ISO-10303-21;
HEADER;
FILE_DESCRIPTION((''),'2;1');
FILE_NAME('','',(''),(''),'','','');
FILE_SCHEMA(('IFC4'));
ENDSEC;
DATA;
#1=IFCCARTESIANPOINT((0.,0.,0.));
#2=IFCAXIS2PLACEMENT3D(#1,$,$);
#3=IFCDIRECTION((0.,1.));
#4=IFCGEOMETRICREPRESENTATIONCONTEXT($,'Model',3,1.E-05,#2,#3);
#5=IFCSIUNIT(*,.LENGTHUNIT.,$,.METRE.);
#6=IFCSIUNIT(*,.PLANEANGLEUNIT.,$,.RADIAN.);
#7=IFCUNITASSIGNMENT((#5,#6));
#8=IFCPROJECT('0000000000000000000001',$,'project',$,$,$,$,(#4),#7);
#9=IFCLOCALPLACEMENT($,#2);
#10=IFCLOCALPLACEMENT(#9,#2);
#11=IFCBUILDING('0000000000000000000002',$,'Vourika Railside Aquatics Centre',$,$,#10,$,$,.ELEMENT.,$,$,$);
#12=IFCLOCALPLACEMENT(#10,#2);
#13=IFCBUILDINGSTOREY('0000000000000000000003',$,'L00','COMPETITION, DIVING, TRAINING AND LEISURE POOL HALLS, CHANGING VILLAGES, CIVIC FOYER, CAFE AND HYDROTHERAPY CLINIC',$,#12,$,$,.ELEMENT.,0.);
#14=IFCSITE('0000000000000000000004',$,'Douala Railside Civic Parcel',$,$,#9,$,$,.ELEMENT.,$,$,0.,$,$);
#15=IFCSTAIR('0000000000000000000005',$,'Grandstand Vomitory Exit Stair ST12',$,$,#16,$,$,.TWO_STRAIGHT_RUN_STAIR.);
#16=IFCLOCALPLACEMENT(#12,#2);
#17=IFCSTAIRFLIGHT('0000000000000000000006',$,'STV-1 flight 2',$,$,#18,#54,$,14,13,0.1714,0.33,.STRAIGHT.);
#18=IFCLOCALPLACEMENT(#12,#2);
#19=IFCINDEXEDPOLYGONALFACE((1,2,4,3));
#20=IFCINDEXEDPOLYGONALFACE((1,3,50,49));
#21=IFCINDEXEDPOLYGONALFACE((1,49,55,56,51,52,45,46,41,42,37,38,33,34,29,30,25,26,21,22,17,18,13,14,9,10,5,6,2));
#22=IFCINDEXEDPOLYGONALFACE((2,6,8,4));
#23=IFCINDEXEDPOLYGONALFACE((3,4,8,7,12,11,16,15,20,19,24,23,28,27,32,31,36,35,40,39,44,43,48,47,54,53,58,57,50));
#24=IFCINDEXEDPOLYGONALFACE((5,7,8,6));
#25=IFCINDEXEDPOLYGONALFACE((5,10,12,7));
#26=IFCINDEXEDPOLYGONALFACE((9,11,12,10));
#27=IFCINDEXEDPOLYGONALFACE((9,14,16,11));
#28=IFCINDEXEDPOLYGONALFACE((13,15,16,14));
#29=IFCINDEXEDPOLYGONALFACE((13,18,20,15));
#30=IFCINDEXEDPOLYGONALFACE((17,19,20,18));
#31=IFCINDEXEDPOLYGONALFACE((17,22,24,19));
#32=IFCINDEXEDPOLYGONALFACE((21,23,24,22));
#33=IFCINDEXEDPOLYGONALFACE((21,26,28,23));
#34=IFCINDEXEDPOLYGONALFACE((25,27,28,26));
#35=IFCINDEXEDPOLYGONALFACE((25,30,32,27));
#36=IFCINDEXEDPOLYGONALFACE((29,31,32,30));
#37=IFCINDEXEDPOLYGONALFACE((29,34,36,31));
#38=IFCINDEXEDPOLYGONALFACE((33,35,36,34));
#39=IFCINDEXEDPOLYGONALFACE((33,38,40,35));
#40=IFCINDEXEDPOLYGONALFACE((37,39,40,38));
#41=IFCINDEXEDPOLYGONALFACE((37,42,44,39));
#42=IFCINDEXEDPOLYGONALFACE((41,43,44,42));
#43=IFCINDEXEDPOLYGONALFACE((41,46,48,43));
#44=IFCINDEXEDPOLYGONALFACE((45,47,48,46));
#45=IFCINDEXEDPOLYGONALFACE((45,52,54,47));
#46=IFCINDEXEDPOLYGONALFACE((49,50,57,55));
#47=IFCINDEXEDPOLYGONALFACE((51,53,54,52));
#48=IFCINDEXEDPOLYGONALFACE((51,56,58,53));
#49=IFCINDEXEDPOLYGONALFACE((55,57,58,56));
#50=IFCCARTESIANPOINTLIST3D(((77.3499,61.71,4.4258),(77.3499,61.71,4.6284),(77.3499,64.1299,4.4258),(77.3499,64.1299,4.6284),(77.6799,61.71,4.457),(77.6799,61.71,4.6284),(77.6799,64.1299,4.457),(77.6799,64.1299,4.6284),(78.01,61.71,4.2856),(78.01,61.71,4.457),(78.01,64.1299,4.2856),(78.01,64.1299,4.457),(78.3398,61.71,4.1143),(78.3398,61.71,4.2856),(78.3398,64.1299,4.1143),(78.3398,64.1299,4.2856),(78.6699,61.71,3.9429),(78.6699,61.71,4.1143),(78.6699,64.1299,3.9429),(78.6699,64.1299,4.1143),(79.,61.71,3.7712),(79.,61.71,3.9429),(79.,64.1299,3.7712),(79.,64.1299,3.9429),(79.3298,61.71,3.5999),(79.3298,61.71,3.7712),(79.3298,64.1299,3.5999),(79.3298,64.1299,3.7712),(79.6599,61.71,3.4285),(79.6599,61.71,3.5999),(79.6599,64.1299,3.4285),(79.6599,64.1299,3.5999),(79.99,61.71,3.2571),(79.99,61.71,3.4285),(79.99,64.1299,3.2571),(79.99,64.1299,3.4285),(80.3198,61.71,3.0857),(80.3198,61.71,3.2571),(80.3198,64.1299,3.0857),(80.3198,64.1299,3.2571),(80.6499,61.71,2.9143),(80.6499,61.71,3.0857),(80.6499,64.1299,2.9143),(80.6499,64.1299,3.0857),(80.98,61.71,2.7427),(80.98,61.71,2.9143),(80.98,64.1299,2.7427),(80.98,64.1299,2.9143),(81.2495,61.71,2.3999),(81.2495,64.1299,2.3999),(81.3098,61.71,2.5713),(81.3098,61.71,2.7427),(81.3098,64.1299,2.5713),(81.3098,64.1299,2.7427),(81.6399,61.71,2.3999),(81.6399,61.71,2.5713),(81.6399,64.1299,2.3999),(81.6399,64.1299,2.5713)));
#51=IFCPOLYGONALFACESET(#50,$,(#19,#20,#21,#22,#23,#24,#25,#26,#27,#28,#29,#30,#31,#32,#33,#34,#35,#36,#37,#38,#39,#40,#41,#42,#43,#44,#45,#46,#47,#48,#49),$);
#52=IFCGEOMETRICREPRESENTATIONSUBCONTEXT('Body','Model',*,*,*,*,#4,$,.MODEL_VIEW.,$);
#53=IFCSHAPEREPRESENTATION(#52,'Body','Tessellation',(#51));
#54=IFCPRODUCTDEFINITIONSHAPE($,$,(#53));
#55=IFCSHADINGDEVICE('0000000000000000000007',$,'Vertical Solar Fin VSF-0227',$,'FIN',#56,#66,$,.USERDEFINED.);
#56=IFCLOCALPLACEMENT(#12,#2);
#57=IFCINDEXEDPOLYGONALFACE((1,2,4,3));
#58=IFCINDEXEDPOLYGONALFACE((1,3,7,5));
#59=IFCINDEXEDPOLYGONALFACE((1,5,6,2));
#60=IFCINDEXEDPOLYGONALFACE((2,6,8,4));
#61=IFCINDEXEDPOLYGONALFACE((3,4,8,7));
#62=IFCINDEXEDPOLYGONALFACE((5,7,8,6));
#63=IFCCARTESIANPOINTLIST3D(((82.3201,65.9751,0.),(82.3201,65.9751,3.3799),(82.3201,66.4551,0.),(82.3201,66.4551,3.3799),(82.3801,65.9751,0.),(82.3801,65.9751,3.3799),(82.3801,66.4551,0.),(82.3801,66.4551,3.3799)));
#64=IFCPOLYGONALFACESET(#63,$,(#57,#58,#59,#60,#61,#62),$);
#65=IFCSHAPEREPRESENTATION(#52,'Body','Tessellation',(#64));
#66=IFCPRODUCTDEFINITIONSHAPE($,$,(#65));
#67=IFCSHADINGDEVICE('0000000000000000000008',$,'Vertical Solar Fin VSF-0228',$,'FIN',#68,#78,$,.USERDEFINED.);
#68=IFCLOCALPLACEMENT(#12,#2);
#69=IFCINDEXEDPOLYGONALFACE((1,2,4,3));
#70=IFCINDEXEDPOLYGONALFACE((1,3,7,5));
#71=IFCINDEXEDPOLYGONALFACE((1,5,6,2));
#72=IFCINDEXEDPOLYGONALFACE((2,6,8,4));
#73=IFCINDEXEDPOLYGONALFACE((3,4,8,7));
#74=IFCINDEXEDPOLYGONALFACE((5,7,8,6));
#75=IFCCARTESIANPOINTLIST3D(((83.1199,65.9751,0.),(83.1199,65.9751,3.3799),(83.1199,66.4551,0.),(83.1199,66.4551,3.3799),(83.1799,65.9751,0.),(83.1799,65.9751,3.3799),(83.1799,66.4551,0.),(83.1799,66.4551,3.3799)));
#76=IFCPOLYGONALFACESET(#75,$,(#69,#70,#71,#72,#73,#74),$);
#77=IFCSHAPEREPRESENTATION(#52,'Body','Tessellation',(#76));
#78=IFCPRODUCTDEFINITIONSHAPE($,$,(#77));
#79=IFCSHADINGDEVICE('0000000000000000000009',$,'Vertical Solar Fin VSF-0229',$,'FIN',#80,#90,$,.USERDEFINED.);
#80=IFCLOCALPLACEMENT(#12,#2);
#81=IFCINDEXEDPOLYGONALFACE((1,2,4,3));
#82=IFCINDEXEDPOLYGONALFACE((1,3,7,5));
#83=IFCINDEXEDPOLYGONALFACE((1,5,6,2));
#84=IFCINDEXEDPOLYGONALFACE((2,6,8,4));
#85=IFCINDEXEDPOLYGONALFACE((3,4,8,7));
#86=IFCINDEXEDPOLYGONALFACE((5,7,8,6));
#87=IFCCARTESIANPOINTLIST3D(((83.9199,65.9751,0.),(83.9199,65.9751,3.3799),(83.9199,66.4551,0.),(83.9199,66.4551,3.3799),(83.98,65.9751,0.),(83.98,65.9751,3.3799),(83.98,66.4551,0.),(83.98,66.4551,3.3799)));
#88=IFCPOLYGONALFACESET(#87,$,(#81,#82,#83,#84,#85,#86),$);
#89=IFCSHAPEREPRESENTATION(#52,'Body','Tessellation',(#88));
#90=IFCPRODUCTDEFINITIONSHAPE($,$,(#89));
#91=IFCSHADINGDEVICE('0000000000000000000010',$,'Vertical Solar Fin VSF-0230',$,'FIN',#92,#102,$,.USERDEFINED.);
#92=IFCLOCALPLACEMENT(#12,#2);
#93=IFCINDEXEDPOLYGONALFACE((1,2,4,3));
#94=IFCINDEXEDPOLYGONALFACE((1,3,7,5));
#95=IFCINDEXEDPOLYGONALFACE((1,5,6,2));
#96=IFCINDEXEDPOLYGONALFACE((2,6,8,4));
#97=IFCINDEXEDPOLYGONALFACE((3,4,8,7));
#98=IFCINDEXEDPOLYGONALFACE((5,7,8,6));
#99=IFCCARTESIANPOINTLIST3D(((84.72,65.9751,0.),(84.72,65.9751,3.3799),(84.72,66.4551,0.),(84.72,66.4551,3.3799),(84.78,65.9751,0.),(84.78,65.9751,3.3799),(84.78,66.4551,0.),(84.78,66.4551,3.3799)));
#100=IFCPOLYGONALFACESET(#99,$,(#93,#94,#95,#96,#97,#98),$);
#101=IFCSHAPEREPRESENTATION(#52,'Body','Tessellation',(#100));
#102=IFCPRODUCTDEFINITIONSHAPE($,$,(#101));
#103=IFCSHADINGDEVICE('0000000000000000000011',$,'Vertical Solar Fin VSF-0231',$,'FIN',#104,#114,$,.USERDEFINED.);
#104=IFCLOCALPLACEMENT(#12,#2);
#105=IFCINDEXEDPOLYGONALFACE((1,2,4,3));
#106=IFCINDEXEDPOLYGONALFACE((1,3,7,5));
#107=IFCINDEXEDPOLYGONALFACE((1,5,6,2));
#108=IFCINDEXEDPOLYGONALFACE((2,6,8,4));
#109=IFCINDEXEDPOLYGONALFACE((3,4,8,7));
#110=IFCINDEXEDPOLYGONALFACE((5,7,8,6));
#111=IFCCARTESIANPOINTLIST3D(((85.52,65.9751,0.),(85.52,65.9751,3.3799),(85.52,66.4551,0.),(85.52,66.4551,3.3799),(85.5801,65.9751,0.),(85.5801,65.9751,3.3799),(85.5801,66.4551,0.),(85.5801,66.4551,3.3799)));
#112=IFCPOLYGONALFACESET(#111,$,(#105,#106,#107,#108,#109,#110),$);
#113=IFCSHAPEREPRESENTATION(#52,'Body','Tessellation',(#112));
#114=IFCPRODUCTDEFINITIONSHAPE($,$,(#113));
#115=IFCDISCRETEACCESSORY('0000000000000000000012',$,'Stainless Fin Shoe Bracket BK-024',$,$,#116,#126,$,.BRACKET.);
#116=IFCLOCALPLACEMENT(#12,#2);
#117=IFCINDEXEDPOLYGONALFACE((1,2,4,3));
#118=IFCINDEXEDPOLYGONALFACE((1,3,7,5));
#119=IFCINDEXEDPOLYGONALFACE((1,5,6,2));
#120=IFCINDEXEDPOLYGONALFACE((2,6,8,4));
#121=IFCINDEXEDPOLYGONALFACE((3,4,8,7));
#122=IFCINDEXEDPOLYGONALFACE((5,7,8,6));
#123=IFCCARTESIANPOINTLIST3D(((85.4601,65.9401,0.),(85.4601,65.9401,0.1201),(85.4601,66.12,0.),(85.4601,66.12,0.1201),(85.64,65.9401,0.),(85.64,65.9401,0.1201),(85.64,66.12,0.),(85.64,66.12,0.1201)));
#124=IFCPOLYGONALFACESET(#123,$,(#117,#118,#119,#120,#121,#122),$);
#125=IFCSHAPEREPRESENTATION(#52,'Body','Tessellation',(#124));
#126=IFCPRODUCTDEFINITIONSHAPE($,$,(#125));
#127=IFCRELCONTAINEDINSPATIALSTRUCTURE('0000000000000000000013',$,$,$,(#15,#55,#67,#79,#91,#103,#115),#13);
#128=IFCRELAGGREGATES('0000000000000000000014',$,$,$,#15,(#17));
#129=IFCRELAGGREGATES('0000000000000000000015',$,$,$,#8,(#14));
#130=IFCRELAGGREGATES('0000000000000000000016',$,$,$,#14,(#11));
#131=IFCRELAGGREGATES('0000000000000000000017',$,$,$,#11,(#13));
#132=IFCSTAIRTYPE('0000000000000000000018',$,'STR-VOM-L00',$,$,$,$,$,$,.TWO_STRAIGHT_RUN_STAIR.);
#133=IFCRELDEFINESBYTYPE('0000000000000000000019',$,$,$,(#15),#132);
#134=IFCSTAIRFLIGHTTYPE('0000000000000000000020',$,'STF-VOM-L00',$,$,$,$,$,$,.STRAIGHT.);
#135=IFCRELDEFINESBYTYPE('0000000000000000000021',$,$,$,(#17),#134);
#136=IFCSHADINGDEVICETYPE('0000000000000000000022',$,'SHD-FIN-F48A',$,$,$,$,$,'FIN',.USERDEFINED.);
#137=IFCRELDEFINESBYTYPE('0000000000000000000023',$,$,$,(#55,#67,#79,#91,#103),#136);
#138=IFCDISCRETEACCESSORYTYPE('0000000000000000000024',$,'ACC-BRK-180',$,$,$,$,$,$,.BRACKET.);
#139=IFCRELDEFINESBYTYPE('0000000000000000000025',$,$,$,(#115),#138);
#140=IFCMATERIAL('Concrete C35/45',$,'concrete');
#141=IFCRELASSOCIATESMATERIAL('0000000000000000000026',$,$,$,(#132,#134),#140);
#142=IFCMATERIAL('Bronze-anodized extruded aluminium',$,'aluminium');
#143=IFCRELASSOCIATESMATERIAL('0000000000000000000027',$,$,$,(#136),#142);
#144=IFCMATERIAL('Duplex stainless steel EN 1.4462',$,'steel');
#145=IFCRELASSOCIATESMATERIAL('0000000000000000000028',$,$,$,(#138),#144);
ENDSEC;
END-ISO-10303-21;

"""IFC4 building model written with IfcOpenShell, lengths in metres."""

from ifc_helpers import new_model, si_unit, direction, frame, origin, origin_2d, place, context, subcontext, project, spatial, polyline, rectangle, outline, extrude, material, material_profile, profile_set, type_object, element, aggregate, save


model = new_model("IFC4")

# Units and contexts
model_context = context("Model", 3, precision=1e-05, world=origin(), true_north=direction((0.0, 1.0)))
body_context = subcontext(model_context, "Body", "Model", "MODEL_VIEW")
ifc_project = project(units=[si_unit("LENGTHUNIT", "METRE"), si_unit("PLANEANGLEUNIT", "RADIAN")], contexts=[model_context])

# Site, building, storey
site_placement = place(None, origin())
site = spatial("IfcSite", under=ifc_project, at=site_placement, Name="Douala Railside Civic Parcel", CompositionType="ELEMENT", RefElevation=0.0)
building_placement = place(site_placement, origin())
building = spatial("IfcBuilding", under=site, at=building_placement, Name="Vourika Railside Aquatics Centre", CompositionType="ELEMENT")
storey_placement = place(building_placement, origin())
storey = spatial("IfcBuildingStorey", under=building, at=storey_placement, Name="L00", Description="COMPETITION, DIVING, TRAINING AND LEISURE POOL HALLS, CHANGING VILLAGES, CIVIC FOYER, CAFE AND HYDROTHERAPY CLINIC", CompositionType="ELEMENT", Elevation=0.0)

# Shared definitions
ifc_material_1 = material(Name="Concrete C35/45", Category="concrete")

# Stair, stair flight
stair_type = type_object("IfcStairType", Name="STR-VOM-L00", PredefinedType="TWO_STRAIGHT_RUN_STAIR", material=ifc_material_1)
stair_placement = place(storey_placement, origin())
stair = element("IfcStair", 1, at=stair_placement, inside=storey, type_object=stair_type, Name="Grandstand Vomitory Exit Stair ST12", PredefinedType="TWO_STRAIGHT_RUN_STAIR")
stair_flight_type = type_object("IfcStairFlightType", Name="STF-VOM-L00", PredefinedType="STRAIGHT", material=ifc_material_1)
stair_flight_placement = place(storey_placement, frame((81.6399, 62.9199, 2.3999), z_axis=(0.0, 0.0, 1.0), x_axis=(-1.0, 0.0, 0.0)))
stair_flight = element("IfcStairFlight", 2, at=stair_flight_placement, type_object=stair_flight_type, Name="STV-1 flight 2", NumberOfRisers=14, NumberOfTreads=13, PredefinedType="STRAIGHT", RiserHeight=0.1714, TreadLength=0.33, context=body_context, shape_type="SweptSolid", body=[
    extrude(outline(polyline([(0.0, 0.0), (0.0, 0.1714), (0.3301, 0.1714), (0.3301, 0.3428), (0.6599, 0.3428), (0.6599, 0.5144), (0.99, 0.5144), (0.99, 0.6858), (1.3201, 0.6858), (1.3201, 0.8572), (1.6499, 0.8572), (1.6499, 1.0286), (1.98, 1.0286), (1.98, 1.2), (2.3101, 1.2), (2.3101, 1.3713), (2.6399, 1.3713), (2.6399, 1.543), (2.97, 1.543), (2.97, 1.7144), (3.3, 1.7144), (3.3, 1.8857), (3.6299, 1.8857), (3.6299, 2.0571), (3.96, 2.0571), (3.96, 2.2285), (4.29, 2.2285), (4.29, 2.3999), (4.29, 2.0259), (0.3904, 0.0), (0.0, 0.0)])), frame((0.0, 1.21, 0.0), z_axis=(0.0, -1.0, 0.0), x_axis=(1.0, 0.0, 0.0)), (0.0, 0.0, 1.0), 2.4199),
])
aggregate(stair, [stair_flight])

# Shading devices
ifc_material_2 = material(Name="Bronze-anodized extruded aluminium", Category="aluminium")
ifc_material_profile_1 = material_profile(ifc_material_2, rectangle(XDim=0.0601, YDim=0.48, at=origin_2d()), Name="ALU-FIN 60x480")
ifc_profile_set_1 = profile_set([ifc_material_profile_1], Name="Bronze-anodized extruded aluminium")
shading_device_type = type_object("IfcShadingDeviceType", Name="SHD-FIN-F48A", ElementType="FIN", PredefinedType="USERDEFINED", material=ifc_profile_set_1)
for number, where, z_axis, x_axis, name in (
    (3, (82.3501, 66.2151, 0.0), (0.0, 0.0, 1.0), (1.0, 0.0, 0.0), "Vertical Solar Fin VSF-0227"),
    (4, (83.1499, 66.2151, 0.0), (0.0, 0.0, 1.0), (1.0, 0.0, 0.0), "Vertical Solar Fin VSF-0228"),
    (5, (83.95, 66.2151, 0.0), (0.0, 0.0, 1.0), (1.0, 0.0, 0.0), "Vertical Solar Fin VSF-0229"),
    (6, (84.75, 66.2151, 0.0), (0.0, 0.0, 1.0), (1.0, 0.0, 0.0), "Vertical Solar Fin VSF-0230"),
    (7, (85.55, 66.2151, 0.0), (0.0, 0.0, 1.0), (1.0, 0.0, 0.0), "Vertical Solar Fin VSF-0231"),
):
    element("IfcShadingDevice", number, at=place(storey_placement, frame(where, z_axis=z_axis, x_axis=x_axis)), inside=storey, type_object=shading_device_type, Name=name, ObjectType="FIN", PredefinedType="USERDEFINED", context=body_context, shape_type="SweptSolid", body=[
        extrude(rectangle(XDim=0.0601, YDim=0.48, at=origin_2d()), origin(), (0.0, 0.0, 1.0), 3.3799),
    ])

# Discrete accessory
ifc_material_3 = material(Name="Duplex stainless steel EN 1.4462", Category="steel")
discrete_accessory_type = type_object("IfcDiscreteAccessoryType", Name="ACC-BRK-180", PredefinedType="BRACKET", material=ifc_material_3)
discrete_accessory_placement = place(storey_placement, frame((85.55, 66.03, 0.0), z_axis=(0.0, 0.0, 1.0), x_axis=(0.0, 1.0, 0.0)))
element("IfcDiscreteAccessory", 8, at=discrete_accessory_placement, inside=storey, type_object=discrete_accessory_type, Name="Stainless Fin Shoe Bracket BK-024", PredefinedType="BRACKET", context=body_context, shape_type="SweptSolid", body=[
    extrude(rectangle(XDim=0.1799, YDim=0.1799, at=origin_2d()), origin(), (0.0, 0.0, 1.0), 0.1201),
])

save(model, "model.ifc")
